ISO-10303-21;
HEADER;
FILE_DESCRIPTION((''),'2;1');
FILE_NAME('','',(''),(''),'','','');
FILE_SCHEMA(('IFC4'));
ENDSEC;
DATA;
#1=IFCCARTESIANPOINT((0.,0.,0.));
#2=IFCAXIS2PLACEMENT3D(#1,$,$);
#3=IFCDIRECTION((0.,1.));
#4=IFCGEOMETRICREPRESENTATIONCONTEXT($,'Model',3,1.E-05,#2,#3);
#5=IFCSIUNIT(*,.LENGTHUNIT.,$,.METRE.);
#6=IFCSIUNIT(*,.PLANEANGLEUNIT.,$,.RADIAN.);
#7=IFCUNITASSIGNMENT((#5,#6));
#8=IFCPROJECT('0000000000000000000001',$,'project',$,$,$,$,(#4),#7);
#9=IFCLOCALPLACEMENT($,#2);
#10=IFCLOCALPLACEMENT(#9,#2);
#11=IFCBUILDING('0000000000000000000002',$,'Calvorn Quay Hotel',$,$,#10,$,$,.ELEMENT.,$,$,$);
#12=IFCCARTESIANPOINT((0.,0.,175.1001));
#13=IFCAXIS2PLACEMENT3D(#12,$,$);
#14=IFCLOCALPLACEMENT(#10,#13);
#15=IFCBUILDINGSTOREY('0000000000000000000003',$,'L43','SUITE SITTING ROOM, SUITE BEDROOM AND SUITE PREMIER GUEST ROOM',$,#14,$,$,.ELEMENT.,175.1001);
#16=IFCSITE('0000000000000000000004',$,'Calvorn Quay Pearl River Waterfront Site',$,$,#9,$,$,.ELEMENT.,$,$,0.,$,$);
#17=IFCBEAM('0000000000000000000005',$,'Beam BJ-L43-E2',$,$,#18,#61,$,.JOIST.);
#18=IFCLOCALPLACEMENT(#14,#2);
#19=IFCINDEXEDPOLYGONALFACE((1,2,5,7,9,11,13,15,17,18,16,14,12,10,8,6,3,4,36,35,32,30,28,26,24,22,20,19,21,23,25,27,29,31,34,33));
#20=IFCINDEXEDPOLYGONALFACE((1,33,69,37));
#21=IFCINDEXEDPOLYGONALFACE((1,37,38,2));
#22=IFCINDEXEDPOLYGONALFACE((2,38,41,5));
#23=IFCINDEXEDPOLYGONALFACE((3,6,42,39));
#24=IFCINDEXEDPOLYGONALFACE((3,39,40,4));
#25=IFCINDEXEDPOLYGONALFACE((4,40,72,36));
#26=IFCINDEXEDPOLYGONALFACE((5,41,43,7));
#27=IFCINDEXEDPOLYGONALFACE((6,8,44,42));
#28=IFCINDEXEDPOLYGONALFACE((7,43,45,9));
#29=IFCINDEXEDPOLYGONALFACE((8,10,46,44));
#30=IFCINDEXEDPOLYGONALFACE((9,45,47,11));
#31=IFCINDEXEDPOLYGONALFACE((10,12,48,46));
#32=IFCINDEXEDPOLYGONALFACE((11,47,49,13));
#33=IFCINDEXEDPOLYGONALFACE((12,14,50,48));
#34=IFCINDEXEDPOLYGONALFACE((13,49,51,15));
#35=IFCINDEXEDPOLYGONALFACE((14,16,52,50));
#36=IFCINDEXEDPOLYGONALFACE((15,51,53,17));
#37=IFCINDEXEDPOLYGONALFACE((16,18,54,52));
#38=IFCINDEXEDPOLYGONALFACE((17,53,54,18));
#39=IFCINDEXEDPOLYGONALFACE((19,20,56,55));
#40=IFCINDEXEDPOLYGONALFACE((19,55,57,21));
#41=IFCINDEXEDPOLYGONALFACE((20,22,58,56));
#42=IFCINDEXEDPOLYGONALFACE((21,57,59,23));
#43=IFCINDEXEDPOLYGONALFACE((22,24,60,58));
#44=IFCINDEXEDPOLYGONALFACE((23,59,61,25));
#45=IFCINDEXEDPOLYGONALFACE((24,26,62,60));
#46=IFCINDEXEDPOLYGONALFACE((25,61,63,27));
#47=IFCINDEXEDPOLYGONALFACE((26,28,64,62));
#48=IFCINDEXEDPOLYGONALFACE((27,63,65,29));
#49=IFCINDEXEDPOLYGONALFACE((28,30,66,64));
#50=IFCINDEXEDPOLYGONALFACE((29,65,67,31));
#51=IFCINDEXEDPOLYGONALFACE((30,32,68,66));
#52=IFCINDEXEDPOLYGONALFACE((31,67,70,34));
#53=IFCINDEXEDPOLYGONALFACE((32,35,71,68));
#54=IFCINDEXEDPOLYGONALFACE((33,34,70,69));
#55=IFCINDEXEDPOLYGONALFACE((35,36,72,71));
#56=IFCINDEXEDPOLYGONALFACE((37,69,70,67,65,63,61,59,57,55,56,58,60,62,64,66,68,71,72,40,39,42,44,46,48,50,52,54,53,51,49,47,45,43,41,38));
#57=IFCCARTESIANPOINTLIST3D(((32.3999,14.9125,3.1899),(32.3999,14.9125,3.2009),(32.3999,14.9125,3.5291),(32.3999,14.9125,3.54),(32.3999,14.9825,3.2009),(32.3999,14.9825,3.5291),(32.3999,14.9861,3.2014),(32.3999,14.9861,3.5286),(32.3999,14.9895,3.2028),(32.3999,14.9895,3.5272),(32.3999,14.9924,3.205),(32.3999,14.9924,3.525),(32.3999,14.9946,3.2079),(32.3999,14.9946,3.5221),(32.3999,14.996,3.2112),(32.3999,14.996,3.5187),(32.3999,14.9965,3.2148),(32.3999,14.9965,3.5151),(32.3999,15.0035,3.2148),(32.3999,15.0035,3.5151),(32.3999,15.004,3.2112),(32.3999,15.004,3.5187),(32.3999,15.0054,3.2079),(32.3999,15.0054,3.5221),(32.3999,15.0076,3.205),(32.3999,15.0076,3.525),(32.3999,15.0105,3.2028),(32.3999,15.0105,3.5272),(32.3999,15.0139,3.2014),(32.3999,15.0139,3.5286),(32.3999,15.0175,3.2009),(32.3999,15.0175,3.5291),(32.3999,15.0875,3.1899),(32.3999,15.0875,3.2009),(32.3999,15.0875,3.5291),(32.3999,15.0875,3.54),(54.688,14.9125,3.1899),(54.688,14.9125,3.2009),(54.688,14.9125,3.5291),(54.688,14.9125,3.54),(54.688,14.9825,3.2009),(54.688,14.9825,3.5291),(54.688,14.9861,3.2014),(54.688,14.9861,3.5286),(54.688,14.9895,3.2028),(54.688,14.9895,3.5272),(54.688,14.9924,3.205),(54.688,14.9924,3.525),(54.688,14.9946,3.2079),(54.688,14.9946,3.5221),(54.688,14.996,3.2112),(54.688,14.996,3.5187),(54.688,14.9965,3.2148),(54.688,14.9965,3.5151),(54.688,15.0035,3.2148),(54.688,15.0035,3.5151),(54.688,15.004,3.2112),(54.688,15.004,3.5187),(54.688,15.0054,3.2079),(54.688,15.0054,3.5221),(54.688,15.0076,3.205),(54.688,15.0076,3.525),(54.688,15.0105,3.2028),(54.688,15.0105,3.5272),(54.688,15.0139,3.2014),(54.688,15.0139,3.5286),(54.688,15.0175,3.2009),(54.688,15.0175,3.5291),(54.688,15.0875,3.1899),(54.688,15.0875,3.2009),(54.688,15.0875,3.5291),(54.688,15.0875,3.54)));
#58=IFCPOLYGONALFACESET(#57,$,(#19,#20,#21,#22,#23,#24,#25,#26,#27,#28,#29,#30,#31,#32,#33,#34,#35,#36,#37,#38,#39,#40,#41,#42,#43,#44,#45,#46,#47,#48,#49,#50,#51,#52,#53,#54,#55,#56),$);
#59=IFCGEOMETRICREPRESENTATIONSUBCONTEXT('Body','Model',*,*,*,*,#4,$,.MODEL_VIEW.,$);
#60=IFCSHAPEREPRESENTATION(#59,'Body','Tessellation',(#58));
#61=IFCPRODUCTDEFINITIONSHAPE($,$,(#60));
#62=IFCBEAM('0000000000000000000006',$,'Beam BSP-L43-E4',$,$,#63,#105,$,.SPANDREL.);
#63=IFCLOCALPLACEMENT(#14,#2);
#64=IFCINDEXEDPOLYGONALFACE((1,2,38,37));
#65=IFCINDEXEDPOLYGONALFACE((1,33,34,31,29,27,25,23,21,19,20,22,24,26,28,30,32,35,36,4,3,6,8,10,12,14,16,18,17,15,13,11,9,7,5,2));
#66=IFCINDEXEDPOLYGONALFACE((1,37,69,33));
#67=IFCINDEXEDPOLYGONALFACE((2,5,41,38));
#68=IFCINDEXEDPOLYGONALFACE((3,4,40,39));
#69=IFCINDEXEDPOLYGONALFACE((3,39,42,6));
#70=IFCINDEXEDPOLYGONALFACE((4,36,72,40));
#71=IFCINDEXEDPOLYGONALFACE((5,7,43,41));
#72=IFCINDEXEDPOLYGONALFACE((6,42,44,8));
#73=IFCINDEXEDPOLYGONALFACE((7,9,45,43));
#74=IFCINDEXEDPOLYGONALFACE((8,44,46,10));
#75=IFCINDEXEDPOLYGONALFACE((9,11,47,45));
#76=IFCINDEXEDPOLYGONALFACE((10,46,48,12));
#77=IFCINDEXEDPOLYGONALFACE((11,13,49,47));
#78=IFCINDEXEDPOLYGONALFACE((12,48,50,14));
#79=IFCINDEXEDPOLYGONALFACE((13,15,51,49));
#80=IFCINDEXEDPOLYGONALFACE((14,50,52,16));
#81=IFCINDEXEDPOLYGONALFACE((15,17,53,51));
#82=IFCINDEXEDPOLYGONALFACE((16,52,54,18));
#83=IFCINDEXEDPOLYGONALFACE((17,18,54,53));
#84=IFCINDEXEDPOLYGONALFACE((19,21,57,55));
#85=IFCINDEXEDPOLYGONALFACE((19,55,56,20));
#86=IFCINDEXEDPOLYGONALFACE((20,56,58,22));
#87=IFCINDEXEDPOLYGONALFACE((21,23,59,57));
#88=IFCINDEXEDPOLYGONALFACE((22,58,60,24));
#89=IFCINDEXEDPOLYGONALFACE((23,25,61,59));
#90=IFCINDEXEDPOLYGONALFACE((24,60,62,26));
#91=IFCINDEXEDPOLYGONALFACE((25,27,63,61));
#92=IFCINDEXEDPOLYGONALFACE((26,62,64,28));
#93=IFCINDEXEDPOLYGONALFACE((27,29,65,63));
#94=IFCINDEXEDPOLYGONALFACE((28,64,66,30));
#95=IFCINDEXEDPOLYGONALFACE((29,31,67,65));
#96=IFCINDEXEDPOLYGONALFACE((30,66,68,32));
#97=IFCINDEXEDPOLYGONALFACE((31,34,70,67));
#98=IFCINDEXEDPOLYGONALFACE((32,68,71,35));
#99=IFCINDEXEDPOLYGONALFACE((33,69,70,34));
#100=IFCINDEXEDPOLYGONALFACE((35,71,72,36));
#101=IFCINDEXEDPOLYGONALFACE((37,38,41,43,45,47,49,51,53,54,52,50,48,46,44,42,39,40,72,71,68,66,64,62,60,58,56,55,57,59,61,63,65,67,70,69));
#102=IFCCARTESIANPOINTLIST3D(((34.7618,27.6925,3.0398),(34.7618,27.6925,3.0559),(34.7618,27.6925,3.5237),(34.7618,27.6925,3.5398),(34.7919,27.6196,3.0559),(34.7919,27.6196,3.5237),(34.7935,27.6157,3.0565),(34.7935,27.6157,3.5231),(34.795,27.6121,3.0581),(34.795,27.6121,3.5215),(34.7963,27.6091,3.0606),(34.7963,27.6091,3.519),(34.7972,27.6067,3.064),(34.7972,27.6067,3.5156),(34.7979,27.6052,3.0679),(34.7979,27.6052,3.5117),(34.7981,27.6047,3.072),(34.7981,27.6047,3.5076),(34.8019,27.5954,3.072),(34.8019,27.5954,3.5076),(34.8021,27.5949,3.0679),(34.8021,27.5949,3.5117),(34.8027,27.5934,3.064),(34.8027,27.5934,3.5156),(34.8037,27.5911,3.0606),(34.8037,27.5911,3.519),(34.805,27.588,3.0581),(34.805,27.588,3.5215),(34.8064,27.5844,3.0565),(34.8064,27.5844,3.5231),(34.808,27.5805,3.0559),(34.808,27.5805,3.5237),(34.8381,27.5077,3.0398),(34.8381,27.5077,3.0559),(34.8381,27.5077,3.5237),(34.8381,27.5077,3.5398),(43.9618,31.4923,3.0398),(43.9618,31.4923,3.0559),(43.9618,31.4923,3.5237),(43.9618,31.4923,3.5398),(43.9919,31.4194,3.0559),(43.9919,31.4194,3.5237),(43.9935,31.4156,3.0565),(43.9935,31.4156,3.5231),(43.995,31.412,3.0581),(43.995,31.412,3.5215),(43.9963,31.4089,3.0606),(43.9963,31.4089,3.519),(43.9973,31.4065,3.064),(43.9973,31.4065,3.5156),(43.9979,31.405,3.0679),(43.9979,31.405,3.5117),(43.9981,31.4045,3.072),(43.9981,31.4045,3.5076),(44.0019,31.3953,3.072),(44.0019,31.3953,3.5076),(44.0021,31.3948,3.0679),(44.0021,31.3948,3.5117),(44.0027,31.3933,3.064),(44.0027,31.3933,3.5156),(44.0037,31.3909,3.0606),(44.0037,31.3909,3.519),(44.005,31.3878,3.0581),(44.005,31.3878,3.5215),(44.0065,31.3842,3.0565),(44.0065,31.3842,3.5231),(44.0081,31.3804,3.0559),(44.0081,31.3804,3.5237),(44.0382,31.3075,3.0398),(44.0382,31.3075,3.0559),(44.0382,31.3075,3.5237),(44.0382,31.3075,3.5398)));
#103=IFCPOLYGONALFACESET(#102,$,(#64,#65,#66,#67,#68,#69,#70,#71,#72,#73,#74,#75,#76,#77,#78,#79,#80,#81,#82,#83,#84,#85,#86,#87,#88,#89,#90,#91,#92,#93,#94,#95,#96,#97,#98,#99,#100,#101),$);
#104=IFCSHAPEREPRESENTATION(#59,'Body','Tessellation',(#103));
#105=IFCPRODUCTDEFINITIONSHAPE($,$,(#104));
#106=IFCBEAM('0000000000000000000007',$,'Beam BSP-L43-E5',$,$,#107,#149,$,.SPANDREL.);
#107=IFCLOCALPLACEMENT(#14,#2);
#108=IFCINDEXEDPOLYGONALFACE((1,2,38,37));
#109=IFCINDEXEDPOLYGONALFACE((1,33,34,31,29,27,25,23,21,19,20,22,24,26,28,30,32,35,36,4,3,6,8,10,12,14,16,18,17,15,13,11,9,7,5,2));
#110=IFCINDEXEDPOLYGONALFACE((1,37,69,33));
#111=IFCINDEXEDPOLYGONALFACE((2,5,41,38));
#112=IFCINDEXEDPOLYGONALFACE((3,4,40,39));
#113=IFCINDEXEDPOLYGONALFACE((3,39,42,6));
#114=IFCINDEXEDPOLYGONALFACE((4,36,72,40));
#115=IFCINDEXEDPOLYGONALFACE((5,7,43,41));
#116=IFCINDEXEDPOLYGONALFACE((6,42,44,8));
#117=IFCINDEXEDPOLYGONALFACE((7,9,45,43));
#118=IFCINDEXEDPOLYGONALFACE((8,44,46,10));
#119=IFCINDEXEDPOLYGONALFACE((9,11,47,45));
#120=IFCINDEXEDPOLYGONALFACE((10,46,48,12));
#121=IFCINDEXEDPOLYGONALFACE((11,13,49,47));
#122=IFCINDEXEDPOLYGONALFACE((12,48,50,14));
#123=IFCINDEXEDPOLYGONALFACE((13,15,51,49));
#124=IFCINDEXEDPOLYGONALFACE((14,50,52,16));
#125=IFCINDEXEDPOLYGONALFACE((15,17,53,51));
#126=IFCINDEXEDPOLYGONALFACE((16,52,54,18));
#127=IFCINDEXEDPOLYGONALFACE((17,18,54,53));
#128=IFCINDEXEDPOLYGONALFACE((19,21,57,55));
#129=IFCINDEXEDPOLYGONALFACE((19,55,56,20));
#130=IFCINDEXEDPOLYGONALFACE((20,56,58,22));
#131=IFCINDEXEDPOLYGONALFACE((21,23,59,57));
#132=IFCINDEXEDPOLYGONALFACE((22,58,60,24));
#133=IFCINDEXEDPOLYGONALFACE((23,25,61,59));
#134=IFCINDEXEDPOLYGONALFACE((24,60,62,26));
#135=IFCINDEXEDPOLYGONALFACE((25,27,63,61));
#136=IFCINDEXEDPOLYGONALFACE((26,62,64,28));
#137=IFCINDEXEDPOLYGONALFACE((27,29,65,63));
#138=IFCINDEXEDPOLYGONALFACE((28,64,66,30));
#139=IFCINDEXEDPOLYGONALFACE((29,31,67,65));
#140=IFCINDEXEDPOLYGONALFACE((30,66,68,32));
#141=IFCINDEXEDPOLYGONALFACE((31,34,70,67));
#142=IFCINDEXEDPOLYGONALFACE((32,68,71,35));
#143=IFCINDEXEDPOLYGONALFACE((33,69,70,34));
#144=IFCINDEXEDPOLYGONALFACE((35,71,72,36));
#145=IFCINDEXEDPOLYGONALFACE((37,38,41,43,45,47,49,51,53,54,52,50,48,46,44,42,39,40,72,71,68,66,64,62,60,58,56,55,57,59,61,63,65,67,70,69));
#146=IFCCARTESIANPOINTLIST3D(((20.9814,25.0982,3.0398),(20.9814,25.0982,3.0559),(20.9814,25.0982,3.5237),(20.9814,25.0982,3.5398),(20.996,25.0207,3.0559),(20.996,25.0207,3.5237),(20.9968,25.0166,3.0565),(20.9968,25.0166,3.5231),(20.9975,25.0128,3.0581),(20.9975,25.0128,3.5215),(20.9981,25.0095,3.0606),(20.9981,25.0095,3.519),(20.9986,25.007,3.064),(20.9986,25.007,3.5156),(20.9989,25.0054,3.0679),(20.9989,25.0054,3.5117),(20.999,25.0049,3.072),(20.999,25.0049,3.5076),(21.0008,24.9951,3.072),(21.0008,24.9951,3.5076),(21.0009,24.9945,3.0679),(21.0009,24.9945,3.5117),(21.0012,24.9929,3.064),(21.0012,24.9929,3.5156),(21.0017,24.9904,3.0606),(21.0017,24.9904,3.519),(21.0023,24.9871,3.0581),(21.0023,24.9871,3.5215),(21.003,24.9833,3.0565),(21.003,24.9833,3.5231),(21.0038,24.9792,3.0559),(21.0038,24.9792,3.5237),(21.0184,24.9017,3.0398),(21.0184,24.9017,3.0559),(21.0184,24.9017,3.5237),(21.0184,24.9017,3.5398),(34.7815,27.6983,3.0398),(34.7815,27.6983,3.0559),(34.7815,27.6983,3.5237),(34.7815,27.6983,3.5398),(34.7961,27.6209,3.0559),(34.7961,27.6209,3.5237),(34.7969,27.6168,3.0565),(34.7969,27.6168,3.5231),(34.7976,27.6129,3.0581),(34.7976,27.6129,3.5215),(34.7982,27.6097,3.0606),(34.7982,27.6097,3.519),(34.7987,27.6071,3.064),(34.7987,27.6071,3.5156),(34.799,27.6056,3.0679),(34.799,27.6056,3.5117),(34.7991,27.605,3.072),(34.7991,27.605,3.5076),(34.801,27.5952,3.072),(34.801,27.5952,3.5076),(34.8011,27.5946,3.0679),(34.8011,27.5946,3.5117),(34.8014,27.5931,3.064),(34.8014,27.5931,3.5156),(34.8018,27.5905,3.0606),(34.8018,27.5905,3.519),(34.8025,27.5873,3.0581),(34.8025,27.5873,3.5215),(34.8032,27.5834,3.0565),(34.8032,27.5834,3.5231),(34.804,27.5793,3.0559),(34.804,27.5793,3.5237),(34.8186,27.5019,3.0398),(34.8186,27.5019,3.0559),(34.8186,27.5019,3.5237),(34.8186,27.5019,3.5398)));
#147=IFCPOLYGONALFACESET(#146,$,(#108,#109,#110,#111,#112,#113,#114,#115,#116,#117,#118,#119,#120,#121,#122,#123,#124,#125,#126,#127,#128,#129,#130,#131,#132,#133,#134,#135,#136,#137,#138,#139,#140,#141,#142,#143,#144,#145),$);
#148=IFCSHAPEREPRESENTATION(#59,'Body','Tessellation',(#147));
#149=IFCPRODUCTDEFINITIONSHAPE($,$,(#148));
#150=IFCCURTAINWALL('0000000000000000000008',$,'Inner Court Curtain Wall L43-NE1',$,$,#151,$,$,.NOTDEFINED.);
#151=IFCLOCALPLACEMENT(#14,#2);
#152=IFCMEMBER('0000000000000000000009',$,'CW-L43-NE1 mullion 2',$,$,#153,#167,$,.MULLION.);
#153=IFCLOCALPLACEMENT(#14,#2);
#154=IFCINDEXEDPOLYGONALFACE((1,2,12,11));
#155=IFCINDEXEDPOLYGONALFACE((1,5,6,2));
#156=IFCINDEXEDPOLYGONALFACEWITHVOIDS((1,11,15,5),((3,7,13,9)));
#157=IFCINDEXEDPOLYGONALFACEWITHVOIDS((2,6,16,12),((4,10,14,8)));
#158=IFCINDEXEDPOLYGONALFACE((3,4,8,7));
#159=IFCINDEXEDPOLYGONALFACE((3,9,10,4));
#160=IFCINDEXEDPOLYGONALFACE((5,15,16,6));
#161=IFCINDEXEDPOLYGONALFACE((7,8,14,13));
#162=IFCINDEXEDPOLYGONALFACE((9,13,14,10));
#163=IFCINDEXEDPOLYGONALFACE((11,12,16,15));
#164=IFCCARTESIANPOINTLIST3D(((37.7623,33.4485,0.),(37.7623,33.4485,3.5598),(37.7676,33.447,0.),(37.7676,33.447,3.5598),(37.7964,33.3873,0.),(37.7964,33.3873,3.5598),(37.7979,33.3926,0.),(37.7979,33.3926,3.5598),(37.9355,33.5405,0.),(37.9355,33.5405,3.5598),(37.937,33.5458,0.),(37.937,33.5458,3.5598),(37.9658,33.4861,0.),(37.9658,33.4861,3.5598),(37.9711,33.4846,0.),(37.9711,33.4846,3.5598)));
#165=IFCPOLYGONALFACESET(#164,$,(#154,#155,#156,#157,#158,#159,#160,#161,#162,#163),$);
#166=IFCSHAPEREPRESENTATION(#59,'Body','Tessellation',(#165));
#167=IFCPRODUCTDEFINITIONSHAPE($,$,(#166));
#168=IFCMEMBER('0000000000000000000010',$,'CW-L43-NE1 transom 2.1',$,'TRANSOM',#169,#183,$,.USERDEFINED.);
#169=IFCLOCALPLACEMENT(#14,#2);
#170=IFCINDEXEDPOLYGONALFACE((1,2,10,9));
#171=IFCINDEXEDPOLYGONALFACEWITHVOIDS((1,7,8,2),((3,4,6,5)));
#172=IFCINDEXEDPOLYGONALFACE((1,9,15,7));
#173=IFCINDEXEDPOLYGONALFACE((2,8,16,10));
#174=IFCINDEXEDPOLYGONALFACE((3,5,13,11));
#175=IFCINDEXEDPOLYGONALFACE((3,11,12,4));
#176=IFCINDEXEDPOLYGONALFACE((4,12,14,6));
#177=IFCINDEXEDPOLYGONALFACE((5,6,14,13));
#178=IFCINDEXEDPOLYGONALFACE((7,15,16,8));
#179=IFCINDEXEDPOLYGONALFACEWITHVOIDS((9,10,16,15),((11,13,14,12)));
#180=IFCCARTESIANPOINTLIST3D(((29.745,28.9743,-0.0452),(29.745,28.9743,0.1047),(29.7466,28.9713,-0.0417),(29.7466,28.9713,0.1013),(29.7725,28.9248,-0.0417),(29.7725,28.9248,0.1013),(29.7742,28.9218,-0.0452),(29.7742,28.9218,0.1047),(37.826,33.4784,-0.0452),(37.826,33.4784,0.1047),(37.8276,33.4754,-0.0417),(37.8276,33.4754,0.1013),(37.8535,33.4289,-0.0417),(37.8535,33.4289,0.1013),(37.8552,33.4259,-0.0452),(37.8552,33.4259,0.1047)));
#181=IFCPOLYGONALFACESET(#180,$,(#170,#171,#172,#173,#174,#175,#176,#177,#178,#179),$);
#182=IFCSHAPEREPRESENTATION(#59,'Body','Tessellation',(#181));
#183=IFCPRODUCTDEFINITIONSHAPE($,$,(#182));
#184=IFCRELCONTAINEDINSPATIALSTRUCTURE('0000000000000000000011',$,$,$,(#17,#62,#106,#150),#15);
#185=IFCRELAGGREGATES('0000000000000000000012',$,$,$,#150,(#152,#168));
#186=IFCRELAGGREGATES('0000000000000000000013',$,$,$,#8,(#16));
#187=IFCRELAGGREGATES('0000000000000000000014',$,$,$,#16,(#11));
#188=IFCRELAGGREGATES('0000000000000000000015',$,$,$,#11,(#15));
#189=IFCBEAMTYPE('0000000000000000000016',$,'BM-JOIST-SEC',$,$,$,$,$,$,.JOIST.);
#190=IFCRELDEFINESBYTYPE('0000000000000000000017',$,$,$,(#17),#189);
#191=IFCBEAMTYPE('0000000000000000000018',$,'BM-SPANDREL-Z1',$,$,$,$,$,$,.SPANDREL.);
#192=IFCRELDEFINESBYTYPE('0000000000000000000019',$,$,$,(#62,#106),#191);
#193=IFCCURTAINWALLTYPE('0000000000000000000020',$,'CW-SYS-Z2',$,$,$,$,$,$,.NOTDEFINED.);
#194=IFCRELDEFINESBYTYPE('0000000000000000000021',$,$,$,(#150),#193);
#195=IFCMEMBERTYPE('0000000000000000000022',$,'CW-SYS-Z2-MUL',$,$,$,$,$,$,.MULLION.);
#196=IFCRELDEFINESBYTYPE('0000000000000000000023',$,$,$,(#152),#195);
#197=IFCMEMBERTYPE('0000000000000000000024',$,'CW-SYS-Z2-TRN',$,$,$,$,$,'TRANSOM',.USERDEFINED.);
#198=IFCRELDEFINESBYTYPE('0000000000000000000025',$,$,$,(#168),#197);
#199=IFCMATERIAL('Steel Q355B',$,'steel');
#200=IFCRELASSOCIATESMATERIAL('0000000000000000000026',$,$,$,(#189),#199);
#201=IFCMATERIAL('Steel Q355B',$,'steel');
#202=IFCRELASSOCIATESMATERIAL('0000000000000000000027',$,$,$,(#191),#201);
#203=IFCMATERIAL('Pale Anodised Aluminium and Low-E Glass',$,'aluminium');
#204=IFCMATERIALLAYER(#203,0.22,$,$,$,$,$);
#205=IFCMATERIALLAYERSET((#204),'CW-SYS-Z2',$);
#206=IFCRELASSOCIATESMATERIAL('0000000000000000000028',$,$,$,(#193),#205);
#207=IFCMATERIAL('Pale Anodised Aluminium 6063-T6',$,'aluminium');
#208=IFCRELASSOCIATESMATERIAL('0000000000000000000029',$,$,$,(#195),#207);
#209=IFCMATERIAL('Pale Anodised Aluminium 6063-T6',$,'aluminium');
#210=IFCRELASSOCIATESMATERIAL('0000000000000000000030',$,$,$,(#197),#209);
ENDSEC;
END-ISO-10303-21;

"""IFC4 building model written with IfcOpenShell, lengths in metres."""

from ifc_helpers import new_model, si_unit, direction, frame, origin, origin_2d, place, context, subcontext, project, spatial, hollow_rectangle, i_section, extrude, material, layer, layer_set, material_profile, profile_set, type_object, element, aggregate, save


model = new_model("IFC4")

# Units and contexts
model_context = context("Model", 3, precision=1e-05, world=origin(), true_north=direction((0.0, 1.0)))
body_context = subcontext(model_context, "Body", "Model", "MODEL_VIEW")
ifc_project = project(units=[si_unit("LENGTHUNIT", "METRE"), si_unit("PLANEANGLEUNIT", "RADIAN")], contexts=[model_context])

# Site, building, storey
site_placement = place(None, origin())
site = spatial("IfcSite", under=ifc_project, at=site_placement, Name="Calvorn Quay Pearl River Waterfront Site", CompositionType="ELEMENT", RefElevation=0.0)
building_placement = place(site_placement, origin())
building = spatial("IfcBuilding", under=site, at=building_placement, Name="Calvorn Quay Hotel", CompositionType="ELEMENT")
storey_placement = place(building_placement, frame((0.0, 0.0, 175.1001)))
storey = spatial("IfcBuildingStorey", under=building, at=storey_placement, Name="L43", Description="SUITE SITTING ROOM, SUITE BEDROOM AND SUITE PREMIER GUEST ROOM", CompositionType="ELEMENT", Elevation=175.1001)

# Beams
ifc_material_1 = material(Name="Steel Q355B", Category="steel")
ifc_material_profile_1 = material_profile(ifc_material_1, i_section(OverallWidth=0.175, OverallDepth=0.3501, WebThickness=0.0071, FlangeThickness=0.011, FilletRadius=0.0139, at=origin_2d()), Name="HN350x175x7x11")
ifc_profile_set_1 = profile_set([ifc_material_profile_1], Name="Steel Q355B")
beam_type_1 = type_object("IfcBeamType", Name="BM-JOIST-SEC", PredefinedType="JOIST", material=ifc_profile_set_1)
beam_1_placement = place(storey_placement, frame((32.3999, 15.0, 3.365), z_axis=(1.0, 0.0, 0.0), x_axis=(0.0, 1.0, 0.0)))
element("IfcBeam", 1, at=beam_1_placement, inside=storey, type_object=beam_type_1, Name="Beam BJ-L43-E2", PredefinedType="JOIST", context=body_context, shape_type="SweptSolid", body=[
    extrude(i_section(OverallWidth=0.175, OverallDepth=0.3501, WebThickness=0.0071, FlangeThickness=0.011, FilletRadius=0.0139, at=origin_2d()), origin(), (0.0, 0.0, 1.0), 22.2881),
])
ifc_material_2 = material(Name="Steel Q355B", Category="steel")
ifc_material_profile_2 = material_profile(ifc_material_2, i_section(OverallWidth=0.2, OverallDepth=0.5, WebThickness=0.01, FlangeThickness=0.0161, FilletRadius=0.0161, at=origin_2d()), Name="HN500x200x10x16")
ifc_profile_set_2 = profile_set([ifc_material_profile_2], Name="Steel Q355B")
beam_type_2 = type_object("IfcBeamType", Name="BM-SPANDREL-Z1", PredefinedType="SPANDREL", material=ifc_profile_set_2)
beam_2_placement = place(storey_placement, frame((44.0, 31.3999, 3.2898), z_axis=(-0.924268, -0.381745, 0.0), x_axis=(0.381745, -0.924268, 0.0)))
element("IfcBeam", 2, at=beam_2_placement, inside=storey, type_object=beam_type_2, Name="Beam BSP-L43-E4", PredefinedType="SPANDREL", context=body_context, shape_type="SweptSolid", body=[
    extrude(i_section(OverallWidth=0.2, OverallDepth=0.5, WebThickness=0.01, FlangeThickness=0.0161, FilletRadius=0.0161, at=origin_2d()), origin(), (0.0, 0.0, 1.0), 9.9539),
])
beam_3_placement = place(storey_placement, frame((34.8, 27.6001, 3.2898), z_axis=(-0.982709, -0.185154, 0.0), x_axis=(0.185154, -0.982709, 0.0)))
element("IfcBeam", 3, at=beam_3_placement, inside=storey, type_object=beam_type_2, Name="Beam BSP-L43-E5", PredefinedType="SPANDREL", context=body_context, shape_type="SweptSolid", body=[
    extrude(i_section(OverallWidth=0.2, OverallDepth=0.5, WebThickness=0.01, FlangeThickness=0.0161, FilletRadius=0.0161, at=origin_2d()), origin(), (0.0, 0.0, 1.0), 14.043),
])

# Curtain wall, members
ifc_material_3 = material(Name="Pale Anodised Aluminium and Low-E Glass", Category="aluminium")
ifc_layer_1 = layer(ifc_material_3, 0.22)
ifc_layer_set_1 = layer_set([ifc_layer_1], Name="CW-SYS-Z2")
curtain_wall_type = type_object("IfcCurtainWallType", Name="CW-SYS-Z2", PredefinedType="NOTDEFINED", material=ifc_layer_set_1)
curtain_wall_placement = place(storey_placement, origin())
curtain_wall = element("IfcCurtainWall", 4, at=curtain_wall_placement, inside=storey, type_object=curtain_wall_type, Name="Inner Court Curtain Wall L43-NE1", PredefinedType="NOTDEFINED")
ifc_material_4 = material(Name="Pale Anodised Aluminium 6063-T6", Category="aluminium")
ifc_material_profile_3 = material_profile(ifc_material_4, hollow_rectangle(XDim=0.0701, YDim=0.2, WallThickness=0.0039, at=origin_2d()), Name="ALU-M200x70x4")
ifc_profile_set_3 = profile_set([ifc_material_profile_3], Name="Pale Anodised Aluminium 6063-T6")
member_type_1 = type_object("IfcMemberType", Name="CW-SYS-Z2-MUL", PredefinedType="MULLION", material=ifc_profile_set_3)
member_1_placement = place(storey_placement, frame((37.8667, 33.4666, 0.0), z_axis=(0.0, 0.0, 1.0), x_axis=(0.486858, -0.873481, 0.0)))
member_1 = element("IfcMember", 5, at=member_1_placement, type_object=member_type_1, Name="CW-L43-NE1 mullion 2", PredefinedType="MULLION", context=body_context, shape_type="SweptSolid", body=[
    extrude(hollow_rectangle(XDim=0.0701, YDim=0.2, WallThickness=0.0039, at=origin_2d()), origin(), (0.0, 0.0, 1.0), 3.5598),
])
ifc_material_5 = material(Name="Pale Anodised Aluminium 6063-T6", Category="aluminium")
ifc_material_profile_4 = material_profile(ifc_material_5, hollow_rectangle(XDim=0.0601, YDim=0.1499, WallThickness=0.0034, at=origin_2d()), Name="ALU-T150x60x3.5")
ifc_profile_set_4 = profile_set([ifc_material_profile_4], Name="Pale Anodised Aluminium 6063-T6")
member_type_2 = type_object("IfcMemberType", Name="CW-SYS-Z2-TRN", ElementType="TRANSOM", PredefinedType="USERDEFINED", material=ifc_profile_set_4)
member_2_placement = place(storey_placement, frame((37.8406, 33.4521, 0.0298), z_axis=(-0.873483, -0.486855, 0.0), x_axis=(0.486855, -0.873483, 0.0)))
member_2 = element("IfcMember", 6, at=member_2_placement, type_object=member_type_2, Name="CW-L43-NE1 transom 2.1", ObjectType="TRANSOM", PredefinedType="USERDEFINED", context=body_context, shape_type="SweptSolid", body=[
    extrude(hollow_rectangle(XDim=0.0601, YDim=0.1499, WallThickness=0.0034, at=origin_2d()), origin(), (0.0, 0.0, 1.0), 9.2515),
])
aggregate(curtain_wall, [member_1, member_2])

save(model, "model.ifc")
